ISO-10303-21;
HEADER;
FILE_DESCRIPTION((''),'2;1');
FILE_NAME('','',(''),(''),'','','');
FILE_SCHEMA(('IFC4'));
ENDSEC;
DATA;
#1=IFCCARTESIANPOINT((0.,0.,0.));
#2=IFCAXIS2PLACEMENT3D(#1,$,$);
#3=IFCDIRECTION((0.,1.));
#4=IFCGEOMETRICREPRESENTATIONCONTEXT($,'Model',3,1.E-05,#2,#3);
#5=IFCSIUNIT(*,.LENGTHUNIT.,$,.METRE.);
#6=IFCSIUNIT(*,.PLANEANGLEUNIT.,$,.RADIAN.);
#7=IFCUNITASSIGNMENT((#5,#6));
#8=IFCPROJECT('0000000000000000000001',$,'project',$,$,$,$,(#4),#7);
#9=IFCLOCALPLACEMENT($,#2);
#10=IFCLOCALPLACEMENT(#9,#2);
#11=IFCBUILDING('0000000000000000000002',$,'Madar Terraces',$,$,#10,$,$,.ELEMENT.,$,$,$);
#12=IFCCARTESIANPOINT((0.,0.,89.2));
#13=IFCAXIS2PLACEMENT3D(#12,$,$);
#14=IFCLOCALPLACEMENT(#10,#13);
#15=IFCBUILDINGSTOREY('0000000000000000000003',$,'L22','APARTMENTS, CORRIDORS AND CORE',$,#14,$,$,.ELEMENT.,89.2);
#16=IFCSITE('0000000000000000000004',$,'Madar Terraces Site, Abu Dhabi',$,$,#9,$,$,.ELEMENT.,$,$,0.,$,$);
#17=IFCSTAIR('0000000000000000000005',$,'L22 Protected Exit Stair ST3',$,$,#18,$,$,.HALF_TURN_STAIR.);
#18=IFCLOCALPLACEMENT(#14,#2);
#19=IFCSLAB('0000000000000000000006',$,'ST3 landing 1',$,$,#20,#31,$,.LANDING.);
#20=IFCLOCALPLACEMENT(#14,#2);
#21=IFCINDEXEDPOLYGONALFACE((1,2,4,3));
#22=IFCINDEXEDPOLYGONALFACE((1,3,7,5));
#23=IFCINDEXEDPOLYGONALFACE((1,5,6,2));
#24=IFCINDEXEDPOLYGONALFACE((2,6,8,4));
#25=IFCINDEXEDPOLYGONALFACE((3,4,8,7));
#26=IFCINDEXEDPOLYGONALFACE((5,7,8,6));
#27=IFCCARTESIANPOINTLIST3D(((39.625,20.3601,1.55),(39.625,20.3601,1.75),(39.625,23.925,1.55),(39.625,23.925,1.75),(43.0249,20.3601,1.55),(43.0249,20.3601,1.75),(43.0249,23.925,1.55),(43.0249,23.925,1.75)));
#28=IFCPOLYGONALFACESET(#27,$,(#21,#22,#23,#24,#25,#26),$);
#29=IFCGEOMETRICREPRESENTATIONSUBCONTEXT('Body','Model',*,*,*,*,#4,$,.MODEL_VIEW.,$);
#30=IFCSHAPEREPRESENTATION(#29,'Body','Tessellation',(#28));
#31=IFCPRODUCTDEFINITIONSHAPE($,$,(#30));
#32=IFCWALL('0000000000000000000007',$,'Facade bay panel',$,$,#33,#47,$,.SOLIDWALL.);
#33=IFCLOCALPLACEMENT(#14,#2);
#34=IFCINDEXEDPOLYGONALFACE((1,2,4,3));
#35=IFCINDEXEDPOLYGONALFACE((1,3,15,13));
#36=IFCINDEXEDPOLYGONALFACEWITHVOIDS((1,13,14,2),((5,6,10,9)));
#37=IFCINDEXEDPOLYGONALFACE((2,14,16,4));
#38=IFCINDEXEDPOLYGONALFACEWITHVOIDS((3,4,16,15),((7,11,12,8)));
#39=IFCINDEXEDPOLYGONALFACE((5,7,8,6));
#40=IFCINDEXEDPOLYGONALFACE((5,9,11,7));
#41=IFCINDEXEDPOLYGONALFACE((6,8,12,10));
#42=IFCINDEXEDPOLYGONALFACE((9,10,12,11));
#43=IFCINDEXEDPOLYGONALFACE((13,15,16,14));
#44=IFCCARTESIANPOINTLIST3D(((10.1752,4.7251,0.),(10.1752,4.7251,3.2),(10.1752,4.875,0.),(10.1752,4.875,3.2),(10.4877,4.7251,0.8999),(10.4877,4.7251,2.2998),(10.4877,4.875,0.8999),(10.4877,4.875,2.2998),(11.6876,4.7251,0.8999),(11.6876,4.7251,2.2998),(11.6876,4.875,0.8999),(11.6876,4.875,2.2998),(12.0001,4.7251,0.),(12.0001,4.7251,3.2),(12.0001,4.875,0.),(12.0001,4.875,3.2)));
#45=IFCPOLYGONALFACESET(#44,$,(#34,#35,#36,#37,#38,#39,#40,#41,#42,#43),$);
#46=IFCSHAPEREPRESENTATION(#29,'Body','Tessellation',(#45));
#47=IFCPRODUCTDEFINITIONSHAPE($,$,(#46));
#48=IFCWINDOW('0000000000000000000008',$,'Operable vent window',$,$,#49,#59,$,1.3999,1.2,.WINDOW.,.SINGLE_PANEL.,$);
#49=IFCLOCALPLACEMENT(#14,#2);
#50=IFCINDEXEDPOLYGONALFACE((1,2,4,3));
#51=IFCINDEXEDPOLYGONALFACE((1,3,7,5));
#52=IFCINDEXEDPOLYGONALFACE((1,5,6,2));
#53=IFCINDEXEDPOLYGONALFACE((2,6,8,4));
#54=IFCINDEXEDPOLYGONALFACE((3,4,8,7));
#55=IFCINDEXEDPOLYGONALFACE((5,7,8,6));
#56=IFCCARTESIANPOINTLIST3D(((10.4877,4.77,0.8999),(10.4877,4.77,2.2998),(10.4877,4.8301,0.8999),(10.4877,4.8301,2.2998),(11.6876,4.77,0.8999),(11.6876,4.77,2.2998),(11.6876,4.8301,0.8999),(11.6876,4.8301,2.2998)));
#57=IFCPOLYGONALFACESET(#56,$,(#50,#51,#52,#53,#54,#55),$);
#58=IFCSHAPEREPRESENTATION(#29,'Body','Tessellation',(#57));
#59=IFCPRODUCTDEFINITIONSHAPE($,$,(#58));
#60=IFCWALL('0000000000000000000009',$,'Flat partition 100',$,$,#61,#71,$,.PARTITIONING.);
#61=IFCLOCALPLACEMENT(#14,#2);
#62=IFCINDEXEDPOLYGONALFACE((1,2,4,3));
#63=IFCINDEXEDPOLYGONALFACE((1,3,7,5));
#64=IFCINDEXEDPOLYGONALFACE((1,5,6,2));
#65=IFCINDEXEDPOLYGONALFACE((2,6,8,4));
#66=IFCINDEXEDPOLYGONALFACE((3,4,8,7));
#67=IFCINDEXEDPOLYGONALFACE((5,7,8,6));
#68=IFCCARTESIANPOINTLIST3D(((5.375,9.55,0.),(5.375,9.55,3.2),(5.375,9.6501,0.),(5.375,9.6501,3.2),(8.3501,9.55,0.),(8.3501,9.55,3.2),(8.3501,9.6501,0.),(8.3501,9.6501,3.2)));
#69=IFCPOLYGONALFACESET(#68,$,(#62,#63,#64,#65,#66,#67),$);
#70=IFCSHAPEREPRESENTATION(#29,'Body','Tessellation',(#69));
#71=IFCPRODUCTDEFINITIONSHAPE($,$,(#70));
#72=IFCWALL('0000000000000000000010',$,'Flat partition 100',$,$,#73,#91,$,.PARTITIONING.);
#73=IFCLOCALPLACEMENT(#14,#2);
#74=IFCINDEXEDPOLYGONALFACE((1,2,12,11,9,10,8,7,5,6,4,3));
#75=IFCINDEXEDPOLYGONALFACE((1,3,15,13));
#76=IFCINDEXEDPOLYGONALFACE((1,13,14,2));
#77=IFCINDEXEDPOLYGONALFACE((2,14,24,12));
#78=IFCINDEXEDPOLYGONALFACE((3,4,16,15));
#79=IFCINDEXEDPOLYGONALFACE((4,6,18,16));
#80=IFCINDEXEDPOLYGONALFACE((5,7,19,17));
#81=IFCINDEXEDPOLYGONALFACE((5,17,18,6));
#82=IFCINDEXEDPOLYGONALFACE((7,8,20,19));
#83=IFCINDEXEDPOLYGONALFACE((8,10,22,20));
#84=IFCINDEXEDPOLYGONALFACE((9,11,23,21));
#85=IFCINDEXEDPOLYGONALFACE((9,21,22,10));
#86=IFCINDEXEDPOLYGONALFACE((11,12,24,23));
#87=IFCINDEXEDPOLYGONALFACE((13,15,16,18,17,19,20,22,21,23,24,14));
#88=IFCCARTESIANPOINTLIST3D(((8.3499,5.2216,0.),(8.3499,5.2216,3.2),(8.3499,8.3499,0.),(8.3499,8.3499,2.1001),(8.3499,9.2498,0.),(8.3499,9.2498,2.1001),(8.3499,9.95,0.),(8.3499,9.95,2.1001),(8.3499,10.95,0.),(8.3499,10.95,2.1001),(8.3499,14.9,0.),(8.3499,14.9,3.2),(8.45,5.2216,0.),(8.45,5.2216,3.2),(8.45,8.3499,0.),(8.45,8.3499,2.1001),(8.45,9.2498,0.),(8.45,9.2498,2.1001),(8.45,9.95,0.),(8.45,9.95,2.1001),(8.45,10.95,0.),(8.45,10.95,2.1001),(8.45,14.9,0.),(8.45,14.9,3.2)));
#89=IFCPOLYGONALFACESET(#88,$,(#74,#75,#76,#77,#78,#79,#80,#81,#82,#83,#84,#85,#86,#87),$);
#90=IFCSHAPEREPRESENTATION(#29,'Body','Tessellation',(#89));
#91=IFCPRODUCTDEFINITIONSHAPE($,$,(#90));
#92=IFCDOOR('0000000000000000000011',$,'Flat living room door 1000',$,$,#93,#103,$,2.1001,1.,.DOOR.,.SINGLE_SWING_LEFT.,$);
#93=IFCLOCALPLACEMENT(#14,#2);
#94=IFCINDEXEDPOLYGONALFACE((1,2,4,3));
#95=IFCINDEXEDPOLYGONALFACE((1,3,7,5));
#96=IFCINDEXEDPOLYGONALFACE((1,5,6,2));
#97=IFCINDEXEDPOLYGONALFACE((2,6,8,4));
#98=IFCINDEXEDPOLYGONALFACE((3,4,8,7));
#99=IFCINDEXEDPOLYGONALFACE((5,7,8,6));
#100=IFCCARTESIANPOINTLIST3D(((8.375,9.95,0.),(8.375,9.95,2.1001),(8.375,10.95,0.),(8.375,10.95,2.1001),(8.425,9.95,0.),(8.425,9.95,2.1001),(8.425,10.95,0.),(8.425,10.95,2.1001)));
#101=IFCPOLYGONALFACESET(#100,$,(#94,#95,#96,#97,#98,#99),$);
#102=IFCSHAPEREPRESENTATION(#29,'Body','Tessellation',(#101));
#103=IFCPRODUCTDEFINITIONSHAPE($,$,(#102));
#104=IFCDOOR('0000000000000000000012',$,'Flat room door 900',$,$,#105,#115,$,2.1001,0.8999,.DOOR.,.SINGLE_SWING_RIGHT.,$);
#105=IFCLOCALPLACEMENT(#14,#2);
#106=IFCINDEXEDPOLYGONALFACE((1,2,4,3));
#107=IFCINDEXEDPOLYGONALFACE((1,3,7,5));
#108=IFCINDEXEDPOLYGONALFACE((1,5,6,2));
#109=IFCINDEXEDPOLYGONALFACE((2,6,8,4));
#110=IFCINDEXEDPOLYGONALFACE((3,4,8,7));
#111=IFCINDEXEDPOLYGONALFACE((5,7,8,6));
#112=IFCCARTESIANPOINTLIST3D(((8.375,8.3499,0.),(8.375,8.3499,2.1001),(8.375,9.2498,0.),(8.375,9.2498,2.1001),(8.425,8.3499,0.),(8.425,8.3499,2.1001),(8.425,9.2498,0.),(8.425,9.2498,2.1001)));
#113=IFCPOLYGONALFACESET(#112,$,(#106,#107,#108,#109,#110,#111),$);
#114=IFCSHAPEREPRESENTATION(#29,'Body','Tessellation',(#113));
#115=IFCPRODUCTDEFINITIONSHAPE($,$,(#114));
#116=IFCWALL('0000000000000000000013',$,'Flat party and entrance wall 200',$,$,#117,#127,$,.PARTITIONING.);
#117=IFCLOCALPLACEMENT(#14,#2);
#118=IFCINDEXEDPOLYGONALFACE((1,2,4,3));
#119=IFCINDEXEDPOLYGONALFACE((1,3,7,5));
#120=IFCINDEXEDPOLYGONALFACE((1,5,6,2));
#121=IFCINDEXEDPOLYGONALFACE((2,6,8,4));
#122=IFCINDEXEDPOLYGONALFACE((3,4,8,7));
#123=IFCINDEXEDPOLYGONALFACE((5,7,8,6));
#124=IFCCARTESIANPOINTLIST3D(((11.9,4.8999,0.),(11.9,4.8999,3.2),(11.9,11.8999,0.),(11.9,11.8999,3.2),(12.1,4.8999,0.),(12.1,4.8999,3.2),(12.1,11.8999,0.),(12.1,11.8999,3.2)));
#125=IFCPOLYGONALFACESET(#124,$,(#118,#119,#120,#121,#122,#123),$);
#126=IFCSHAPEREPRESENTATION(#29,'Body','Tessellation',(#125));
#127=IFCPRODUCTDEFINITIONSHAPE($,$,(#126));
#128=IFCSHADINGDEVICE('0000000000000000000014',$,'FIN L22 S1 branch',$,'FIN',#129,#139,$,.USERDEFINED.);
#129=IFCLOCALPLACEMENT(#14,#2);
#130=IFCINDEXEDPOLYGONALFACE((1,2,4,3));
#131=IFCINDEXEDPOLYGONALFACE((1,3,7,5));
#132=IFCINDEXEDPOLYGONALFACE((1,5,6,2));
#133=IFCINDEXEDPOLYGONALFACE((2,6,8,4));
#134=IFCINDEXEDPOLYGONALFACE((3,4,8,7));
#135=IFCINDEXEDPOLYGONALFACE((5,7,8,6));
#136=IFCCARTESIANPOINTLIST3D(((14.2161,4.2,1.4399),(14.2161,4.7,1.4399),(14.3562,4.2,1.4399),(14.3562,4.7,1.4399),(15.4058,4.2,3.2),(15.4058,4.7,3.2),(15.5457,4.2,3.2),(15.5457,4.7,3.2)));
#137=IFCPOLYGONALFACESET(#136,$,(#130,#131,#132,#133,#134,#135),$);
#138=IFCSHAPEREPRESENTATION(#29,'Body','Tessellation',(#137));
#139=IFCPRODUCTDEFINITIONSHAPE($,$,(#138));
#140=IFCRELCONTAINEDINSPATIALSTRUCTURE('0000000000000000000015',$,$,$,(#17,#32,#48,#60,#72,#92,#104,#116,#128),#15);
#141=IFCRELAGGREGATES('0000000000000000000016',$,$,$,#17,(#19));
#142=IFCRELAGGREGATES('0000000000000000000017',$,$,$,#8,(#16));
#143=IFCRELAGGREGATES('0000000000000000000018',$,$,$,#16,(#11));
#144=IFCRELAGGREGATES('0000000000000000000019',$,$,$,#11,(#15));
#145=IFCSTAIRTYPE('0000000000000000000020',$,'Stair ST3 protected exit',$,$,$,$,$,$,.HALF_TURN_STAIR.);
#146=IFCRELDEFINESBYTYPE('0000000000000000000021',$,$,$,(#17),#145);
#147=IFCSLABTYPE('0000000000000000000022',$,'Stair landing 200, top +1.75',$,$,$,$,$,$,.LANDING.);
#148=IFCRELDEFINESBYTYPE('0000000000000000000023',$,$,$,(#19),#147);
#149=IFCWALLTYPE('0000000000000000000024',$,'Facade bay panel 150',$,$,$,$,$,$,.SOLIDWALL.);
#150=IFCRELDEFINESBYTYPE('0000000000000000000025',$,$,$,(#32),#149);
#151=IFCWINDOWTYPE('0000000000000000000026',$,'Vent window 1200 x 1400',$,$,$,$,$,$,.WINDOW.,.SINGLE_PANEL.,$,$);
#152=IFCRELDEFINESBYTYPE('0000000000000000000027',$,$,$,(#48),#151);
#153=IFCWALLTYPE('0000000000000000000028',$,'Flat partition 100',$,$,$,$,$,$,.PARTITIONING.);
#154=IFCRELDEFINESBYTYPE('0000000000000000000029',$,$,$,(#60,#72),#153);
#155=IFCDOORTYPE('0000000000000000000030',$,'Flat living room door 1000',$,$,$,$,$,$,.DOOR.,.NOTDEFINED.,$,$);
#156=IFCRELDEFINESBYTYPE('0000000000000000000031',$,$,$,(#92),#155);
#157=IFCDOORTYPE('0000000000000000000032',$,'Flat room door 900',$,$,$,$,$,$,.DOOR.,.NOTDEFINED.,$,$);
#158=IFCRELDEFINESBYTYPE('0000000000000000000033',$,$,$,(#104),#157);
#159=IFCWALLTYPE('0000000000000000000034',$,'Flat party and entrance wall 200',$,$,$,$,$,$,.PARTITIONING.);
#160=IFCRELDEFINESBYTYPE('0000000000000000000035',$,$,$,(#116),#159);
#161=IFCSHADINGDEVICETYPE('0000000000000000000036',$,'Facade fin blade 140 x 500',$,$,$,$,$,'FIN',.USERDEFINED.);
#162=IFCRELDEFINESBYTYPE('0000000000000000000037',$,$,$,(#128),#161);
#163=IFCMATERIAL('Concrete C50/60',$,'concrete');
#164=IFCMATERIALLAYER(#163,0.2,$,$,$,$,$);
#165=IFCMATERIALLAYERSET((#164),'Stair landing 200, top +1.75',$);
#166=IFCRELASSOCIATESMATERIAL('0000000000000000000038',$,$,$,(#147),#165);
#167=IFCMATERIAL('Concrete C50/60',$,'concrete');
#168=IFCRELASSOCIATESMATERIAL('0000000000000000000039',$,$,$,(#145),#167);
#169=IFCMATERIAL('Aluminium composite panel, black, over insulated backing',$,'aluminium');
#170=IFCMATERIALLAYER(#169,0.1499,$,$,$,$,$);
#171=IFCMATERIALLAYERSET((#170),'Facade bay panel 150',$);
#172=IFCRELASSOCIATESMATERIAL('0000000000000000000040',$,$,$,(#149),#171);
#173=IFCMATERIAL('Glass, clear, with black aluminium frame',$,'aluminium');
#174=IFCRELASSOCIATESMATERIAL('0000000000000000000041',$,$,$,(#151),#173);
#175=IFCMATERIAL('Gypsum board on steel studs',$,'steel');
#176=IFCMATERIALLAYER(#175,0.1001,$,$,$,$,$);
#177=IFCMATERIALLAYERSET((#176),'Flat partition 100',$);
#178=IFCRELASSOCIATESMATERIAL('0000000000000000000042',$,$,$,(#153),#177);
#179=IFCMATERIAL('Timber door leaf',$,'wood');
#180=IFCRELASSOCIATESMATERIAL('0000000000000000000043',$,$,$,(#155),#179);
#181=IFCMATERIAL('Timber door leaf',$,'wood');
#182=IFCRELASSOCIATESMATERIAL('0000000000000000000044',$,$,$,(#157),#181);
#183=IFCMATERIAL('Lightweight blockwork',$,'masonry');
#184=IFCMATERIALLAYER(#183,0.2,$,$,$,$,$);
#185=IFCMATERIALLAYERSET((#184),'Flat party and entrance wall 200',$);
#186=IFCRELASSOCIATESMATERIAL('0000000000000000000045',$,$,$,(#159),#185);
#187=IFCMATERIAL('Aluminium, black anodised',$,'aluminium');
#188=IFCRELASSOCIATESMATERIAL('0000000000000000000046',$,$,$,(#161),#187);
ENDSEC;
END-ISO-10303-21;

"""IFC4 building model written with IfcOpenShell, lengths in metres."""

from ifc_helpers import new_model, si_unit, direction, frame, frame_2d, origin, place, context, subcontext, project, spatial, polyline, rectangle, outline, extrude, material, layer, layer_set, type_object, element, fill, aggregate, save


model = new_model("IFC4")

# Units and contexts
model_context = context("Model", 3, precision=1e-05, world=origin(), true_north=direction((0.0, 1.0)))
body_context = subcontext(model_context, "Body", "Model", "MODEL_VIEW")
ifc_project = project(units=[si_unit("LENGTHUNIT", "METRE"), si_unit("PLANEANGLEUNIT", "RADIAN")], contexts=[model_context])

# Site, building, storey
site_placement = place(None, origin())
site = spatial("IfcSite", under=ifc_project, at=site_placement, Name="Madar Terraces Site, Abu Dhabi", CompositionType="ELEMENT", RefElevation=0.0)
building_placement = place(site_placement, origin())
building = spatial("IfcBuilding", under=site, at=building_placement, Name="Madar Terraces", CompositionType="ELEMENT")
storey_placement = place(building_placement, frame((0.0, 0.0, 89.2)))
storey = spatial("IfcBuildingStorey", under=building, at=storey_placement, Name="L22", Description="APARTMENTS, CORRIDORS AND CORE", CompositionType="ELEMENT", Elevation=89.2)

# Stair, slab
ifc_material_1 = material(Name="Concrete C50/60", Category="concrete")
ifc_layer_1 = layer(ifc_material_1, 0.2)
ifc_layer_set_1 = layer_set([ifc_layer_1], Name="Stair landing 200, top +1.75")
slab_type_1 = type_object("IfcSlabType", Name="Stair landing 200, top +1.75", PredefinedType="LANDING", material=ifc_layer_set_1)
ifc_material_2 = material(Name="Concrete C50/60", Category="concrete")
stair_type_1 = type_object("IfcStairType", Name="Stair ST3 protected exit", PredefinedType="HALF_TURN_STAIR", material=ifc_material_2)
stair_1_placement = place(storey_placement, origin())
stair_1 = element("IfcStair", 1, at=stair_1_placement, inside=storey, type_object=stair_type_1, Name="L22 Protected Exit Stair ST3", PredefinedType="HALF_TURN_STAIR")
slab_1_placement = place(storey_placement, frame((0.0, 0.0, 1.55)))
slab_1 = element("IfcSlab", 2, at=slab_1_placement, type_object=slab_type_1, Name="ST3 landing 1", PredefinedType="LANDING", context=body_context, shape_type="SweptSolid", body=[
    extrude(outline(polyline([(39.625, 20.3601), (43.0249, 20.3601), (43.0249, 23.925), (39.625, 23.925), (39.625, 20.3601)])), origin(), (0.0, 0.0, 1.0), 0.2),
])
aggregate(stair_1, [slab_1])

# Wall, opening, window
ifc_material_3 = material(Name="Aluminium composite panel, black, over insulated backing", Category="aluminium")
ifc_layer_2 = layer(ifc_material_3, 0.1499)
ifc_layer_set_2 = layer_set([ifc_layer_2], Name="Facade bay panel 150")
wall_type_1 = type_object("IfcWallType", Name="Facade bay panel 150", PredefinedType="SOLIDWALL", material=ifc_layer_set_2)
wall_1_placement = place(storey_placement, frame((10.175, 4.8, 0.0), z_axis=(0.0, 0.0, 1.0), x_axis=(1.0, 0.0, 0.0)))
wall_1 = element("IfcWall", 3, at=wall_1_placement, inside=storey, type_object=wall_type_1, Name="Facade bay panel", PredefinedType="SOLIDWALL", context=body_context, shape_type="SweptSolid", body=[
    extrude(rectangle(XDim=1.825, YDim=0.1499, at=frame_2d((0.9126, 0.0))), origin(), (0.0, 0.0, 1.0), 3.2),
])
opening_1_placement = place(wall_1_placement, frame((0.3125, 0.0, 0.8999)))
opening_1 = element("IfcOpeningElement", 4, at=opening_1_placement, cuts=wall_1, PredefinedType="OPENING", context=body_context, shape_type="SweptSolid", body=[
    extrude(rectangle(XDim=1.2, YDim=1.3999, at=frame_2d((0.6001, 0.7))), frame((0.0, 0.085, 0.0), z_axis=(0.0, -1.0, 0.0), x_axis=(1.0, 0.0, 0.0)), (0.0, 0.0, 1.0), 0.1699),
])
ifc_material_4 = material(Name="Glass, clear, with black aluminium frame", Category="aluminium")
window_type = type_object("IfcWindowType", Name="Vent window 1200 x 1400", PartitioningType="SINGLE_PANEL", PredefinedType="WINDOW", material=ifc_material_4)
window_placement = place(opening_1_placement, origin())
window = element("IfcWindow", 5, at=window_placement, inside=storey, type_object=window_type, Name="Operable vent window", OverallHeight=1.3999, OverallWidth=1.2, PartitioningType="SINGLE_PANEL", PredefinedType="WINDOW", context=body_context, shape_type="SweptSolid", body=[
    extrude(rectangle(XDim=1.2, YDim=1.3999, at=frame_2d((0.6001, 0.7))), frame((0.0, 0.03, 0.0), z_axis=(0.0, -1.0, 0.0), x_axis=(1.0, 0.0, 0.0)), (0.0, 0.0, 1.0), 0.0601),
])
fill(opening_1, window)

# Wall
ifc_material_5 = material(Name="Gypsum board on steel studs", Category="steel")
ifc_layer_3 = layer(ifc_material_5, 0.1001)
ifc_layer_set_3 = layer_set([ifc_layer_3], Name="Flat partition 100")
wall_type_2 = type_object("IfcWallType", Name="Flat partition 100", PredefinedType="PARTITIONING", material=ifc_layer_set_3)
wall_2_placement = place(storey_placement, frame((8.3501, 9.6001, 0.0), z_axis=(0.0, 0.0, 1.0), x_axis=(-1.0, 0.0, 0.0)))
element("IfcWall", 6, at=wall_2_placement, inside=storey, type_object=wall_type_2, Name="Flat partition 100", PredefinedType="PARTITIONING", context=body_context, shape_type="SweptSolid", body=[
    extrude(rectangle(XDim=2.9751, YDim=0.1001, at=frame_2d((1.4875, 0.0))), origin(), (0.0, 0.0, 1.0), 3.2),
])

# Wall, openings, doors
wall_3_placement = place(storey_placement, frame((8.3999, 5.2214, 0.0), z_axis=(0.0, 0.0, 1.0), x_axis=(0.0, 1.0, 0.0)))
wall_3 = element("IfcWall", 7, at=wall_3_placement, inside=storey, type_object=wall_type_2, Name="Flat partition 100", PredefinedType="PARTITIONING", context=body_context, shape_type="SweptSolid", body=[
    extrude(rectangle(XDim=9.6785, YDim=0.1001, at=frame_2d((4.8394, 0.0))), origin(), (0.0, 0.0, 1.0), 3.2),
])
opening_2_placement = place(wall_3_placement, frame((4.7285, 0.0, 0.0)))
opening_2 = element("IfcOpeningElement", 8, at=opening_2_placement, cuts=wall_3, PredefinedType="OPENING", context=body_context, shape_type="SweptSolid", body=[
    extrude(rectangle(XDim=1.0, YDim=2.1001, at=frame_2d((0.5, 1.05))), frame((0.0, 0.0601, 0.0), z_axis=(0.0, -1.0, 0.0), x_axis=(1.0, 0.0, 0.0)), (0.0, 0.0, 1.0), 0.1201),
])
opening_3_placement = place(wall_3_placement, frame((3.1284, 0.0, 0.0)))
opening_3 = element("IfcOpeningElement", 9, at=opening_3_placement, cuts=wall_3, PredefinedType="OPENING", context=body_context, shape_type="SweptSolid", body=[
    extrude(rectangle(XDim=0.8999, YDim=2.1001, at=frame_2d((0.45, 1.05))), frame((0.0, 0.0601, 0.0), z_axis=(0.0, -1.0, 0.0), x_axis=(1.0, 0.0, 0.0)), (0.0, 0.0, 1.0), 0.1201),
])
ifc_material_6 = material(Name="Timber door leaf", Category="wood")
door_type_1 = type_object("IfcDoorType", Name="Flat living room door 1000", OperationType="NOTDEFINED", PredefinedType="DOOR", material=ifc_material_6)
door_1_placement = place(opening_2_placement, origin())
door_1 = element("IfcDoor", 10, at=door_1_placement, inside=storey, type_object=door_type_1, Name="Flat living room door 1000", OperationType="SINGLE_SWING_LEFT", OverallHeight=2.1001, OverallWidth=1.0, PredefinedType="DOOR", context=body_context, shape_type="SweptSolid", body=[
    extrude(rectangle(XDim=1.0, YDim=2.1001, at=frame_2d((0.5, 1.05))), frame((0.0, 0.0249, 0.0), z_axis=(0.0, -1.0, 0.0), x_axis=(1.0, 0.0, 0.0)), (0.0, 0.0, 1.0), 0.05),
])
fill(opening_2, door_1)
ifc_material_7 = material(Name="Timber door leaf", Category="wood")
door_type_2 = type_object("IfcDoorType", Name="Flat room door 900", OperationType="NOTDEFINED", PredefinedType="DOOR", material=ifc_material_7)
door_2_placement = place(opening_3_placement, origin())
door_2 = element("IfcDoor", 11, at=door_2_placement, inside=storey, type_object=door_type_2, Name="Flat room door 900", OperationType="SINGLE_SWING_RIGHT", OverallHeight=2.1001, OverallWidth=0.8999, PredefinedType="DOOR", context=body_context, shape_type="SweptSolid", body=[
    extrude(rectangle(XDim=0.8999, YDim=2.1001, at=frame_2d((0.45, 1.05))), frame((0.0, 0.0249, 0.0), z_axis=(0.0, -1.0, 0.0), x_axis=(1.0, 0.0, 0.0)), (0.0, 0.0, 1.0), 0.05),
])
fill(opening_3, door_2)

# Wall
ifc_material_8 = material(Name="Lightweight blockwork", Category="masonry")
ifc_layer_4 = layer(ifc_material_8, 0.2)
ifc_layer_set_4 = layer_set([ifc_layer_4], Name="Flat party and entrance wall 200")
wall_type_3 = type_object("IfcWallType", Name="Flat party and entrance wall 200", PredefinedType="PARTITIONING", material=ifc_layer_set_4)
wall_4_placement = place(storey_placement, frame((12.0, 4.8999, 0.0), z_axis=(0.0, 0.0, 1.0), x_axis=(0.0, 1.0, 0.0)))
element("IfcWall", 12, at=wall_4_placement, inside=storey, type_object=wall_type_3, Name="Flat party and entrance wall 200", PredefinedType="PARTITIONING", context=body_context, shape_type="SweptSolid", body=[
    extrude(rectangle(XDim=7.0, YDim=0.2, at=frame_2d((3.5, 0.0))), origin(), (0.0, 0.0, 1.0), 3.2),
])

# Shading device
ifc_material_9 = material(Name="Aluminium, black anodised", Category="aluminium")
shading_device_type = type_object("IfcShadingDeviceType", Name="Facade fin blade 140 x 500", ElementType="FIN", PredefinedType="USERDEFINED", material=ifc_material_9)
shading_device_placement = place(storey_placement, frame((14.2161, 4.45, 1.4399), z_axis=(0.0, 0.0, 1.0), x_axis=(1.0, 0.0, 0.0)))
element("IfcShadingDevice", 13, at=shading_device_placement, inside=storey, type_object=shading_device_type, Name="FIN L22 S1 branch", ObjectType="FIN", PredefinedType="USERDEFINED", context=body_context, shape_type="SweptSolid", body=[
    extrude(outline(polyline([(0.0, 0.0), (0.1401, 0.0), (1.3296, 1.76), (1.1897, 1.76), (0.0, 0.0)])), frame((0.0, 0.25, 0.0), z_axis=(0.0, -1.0, 0.0), x_axis=(1.0, 0.0, 0.0)), (0.0, 0.0, 1.0), 0.5),
])

save(model, "model.ifc")
